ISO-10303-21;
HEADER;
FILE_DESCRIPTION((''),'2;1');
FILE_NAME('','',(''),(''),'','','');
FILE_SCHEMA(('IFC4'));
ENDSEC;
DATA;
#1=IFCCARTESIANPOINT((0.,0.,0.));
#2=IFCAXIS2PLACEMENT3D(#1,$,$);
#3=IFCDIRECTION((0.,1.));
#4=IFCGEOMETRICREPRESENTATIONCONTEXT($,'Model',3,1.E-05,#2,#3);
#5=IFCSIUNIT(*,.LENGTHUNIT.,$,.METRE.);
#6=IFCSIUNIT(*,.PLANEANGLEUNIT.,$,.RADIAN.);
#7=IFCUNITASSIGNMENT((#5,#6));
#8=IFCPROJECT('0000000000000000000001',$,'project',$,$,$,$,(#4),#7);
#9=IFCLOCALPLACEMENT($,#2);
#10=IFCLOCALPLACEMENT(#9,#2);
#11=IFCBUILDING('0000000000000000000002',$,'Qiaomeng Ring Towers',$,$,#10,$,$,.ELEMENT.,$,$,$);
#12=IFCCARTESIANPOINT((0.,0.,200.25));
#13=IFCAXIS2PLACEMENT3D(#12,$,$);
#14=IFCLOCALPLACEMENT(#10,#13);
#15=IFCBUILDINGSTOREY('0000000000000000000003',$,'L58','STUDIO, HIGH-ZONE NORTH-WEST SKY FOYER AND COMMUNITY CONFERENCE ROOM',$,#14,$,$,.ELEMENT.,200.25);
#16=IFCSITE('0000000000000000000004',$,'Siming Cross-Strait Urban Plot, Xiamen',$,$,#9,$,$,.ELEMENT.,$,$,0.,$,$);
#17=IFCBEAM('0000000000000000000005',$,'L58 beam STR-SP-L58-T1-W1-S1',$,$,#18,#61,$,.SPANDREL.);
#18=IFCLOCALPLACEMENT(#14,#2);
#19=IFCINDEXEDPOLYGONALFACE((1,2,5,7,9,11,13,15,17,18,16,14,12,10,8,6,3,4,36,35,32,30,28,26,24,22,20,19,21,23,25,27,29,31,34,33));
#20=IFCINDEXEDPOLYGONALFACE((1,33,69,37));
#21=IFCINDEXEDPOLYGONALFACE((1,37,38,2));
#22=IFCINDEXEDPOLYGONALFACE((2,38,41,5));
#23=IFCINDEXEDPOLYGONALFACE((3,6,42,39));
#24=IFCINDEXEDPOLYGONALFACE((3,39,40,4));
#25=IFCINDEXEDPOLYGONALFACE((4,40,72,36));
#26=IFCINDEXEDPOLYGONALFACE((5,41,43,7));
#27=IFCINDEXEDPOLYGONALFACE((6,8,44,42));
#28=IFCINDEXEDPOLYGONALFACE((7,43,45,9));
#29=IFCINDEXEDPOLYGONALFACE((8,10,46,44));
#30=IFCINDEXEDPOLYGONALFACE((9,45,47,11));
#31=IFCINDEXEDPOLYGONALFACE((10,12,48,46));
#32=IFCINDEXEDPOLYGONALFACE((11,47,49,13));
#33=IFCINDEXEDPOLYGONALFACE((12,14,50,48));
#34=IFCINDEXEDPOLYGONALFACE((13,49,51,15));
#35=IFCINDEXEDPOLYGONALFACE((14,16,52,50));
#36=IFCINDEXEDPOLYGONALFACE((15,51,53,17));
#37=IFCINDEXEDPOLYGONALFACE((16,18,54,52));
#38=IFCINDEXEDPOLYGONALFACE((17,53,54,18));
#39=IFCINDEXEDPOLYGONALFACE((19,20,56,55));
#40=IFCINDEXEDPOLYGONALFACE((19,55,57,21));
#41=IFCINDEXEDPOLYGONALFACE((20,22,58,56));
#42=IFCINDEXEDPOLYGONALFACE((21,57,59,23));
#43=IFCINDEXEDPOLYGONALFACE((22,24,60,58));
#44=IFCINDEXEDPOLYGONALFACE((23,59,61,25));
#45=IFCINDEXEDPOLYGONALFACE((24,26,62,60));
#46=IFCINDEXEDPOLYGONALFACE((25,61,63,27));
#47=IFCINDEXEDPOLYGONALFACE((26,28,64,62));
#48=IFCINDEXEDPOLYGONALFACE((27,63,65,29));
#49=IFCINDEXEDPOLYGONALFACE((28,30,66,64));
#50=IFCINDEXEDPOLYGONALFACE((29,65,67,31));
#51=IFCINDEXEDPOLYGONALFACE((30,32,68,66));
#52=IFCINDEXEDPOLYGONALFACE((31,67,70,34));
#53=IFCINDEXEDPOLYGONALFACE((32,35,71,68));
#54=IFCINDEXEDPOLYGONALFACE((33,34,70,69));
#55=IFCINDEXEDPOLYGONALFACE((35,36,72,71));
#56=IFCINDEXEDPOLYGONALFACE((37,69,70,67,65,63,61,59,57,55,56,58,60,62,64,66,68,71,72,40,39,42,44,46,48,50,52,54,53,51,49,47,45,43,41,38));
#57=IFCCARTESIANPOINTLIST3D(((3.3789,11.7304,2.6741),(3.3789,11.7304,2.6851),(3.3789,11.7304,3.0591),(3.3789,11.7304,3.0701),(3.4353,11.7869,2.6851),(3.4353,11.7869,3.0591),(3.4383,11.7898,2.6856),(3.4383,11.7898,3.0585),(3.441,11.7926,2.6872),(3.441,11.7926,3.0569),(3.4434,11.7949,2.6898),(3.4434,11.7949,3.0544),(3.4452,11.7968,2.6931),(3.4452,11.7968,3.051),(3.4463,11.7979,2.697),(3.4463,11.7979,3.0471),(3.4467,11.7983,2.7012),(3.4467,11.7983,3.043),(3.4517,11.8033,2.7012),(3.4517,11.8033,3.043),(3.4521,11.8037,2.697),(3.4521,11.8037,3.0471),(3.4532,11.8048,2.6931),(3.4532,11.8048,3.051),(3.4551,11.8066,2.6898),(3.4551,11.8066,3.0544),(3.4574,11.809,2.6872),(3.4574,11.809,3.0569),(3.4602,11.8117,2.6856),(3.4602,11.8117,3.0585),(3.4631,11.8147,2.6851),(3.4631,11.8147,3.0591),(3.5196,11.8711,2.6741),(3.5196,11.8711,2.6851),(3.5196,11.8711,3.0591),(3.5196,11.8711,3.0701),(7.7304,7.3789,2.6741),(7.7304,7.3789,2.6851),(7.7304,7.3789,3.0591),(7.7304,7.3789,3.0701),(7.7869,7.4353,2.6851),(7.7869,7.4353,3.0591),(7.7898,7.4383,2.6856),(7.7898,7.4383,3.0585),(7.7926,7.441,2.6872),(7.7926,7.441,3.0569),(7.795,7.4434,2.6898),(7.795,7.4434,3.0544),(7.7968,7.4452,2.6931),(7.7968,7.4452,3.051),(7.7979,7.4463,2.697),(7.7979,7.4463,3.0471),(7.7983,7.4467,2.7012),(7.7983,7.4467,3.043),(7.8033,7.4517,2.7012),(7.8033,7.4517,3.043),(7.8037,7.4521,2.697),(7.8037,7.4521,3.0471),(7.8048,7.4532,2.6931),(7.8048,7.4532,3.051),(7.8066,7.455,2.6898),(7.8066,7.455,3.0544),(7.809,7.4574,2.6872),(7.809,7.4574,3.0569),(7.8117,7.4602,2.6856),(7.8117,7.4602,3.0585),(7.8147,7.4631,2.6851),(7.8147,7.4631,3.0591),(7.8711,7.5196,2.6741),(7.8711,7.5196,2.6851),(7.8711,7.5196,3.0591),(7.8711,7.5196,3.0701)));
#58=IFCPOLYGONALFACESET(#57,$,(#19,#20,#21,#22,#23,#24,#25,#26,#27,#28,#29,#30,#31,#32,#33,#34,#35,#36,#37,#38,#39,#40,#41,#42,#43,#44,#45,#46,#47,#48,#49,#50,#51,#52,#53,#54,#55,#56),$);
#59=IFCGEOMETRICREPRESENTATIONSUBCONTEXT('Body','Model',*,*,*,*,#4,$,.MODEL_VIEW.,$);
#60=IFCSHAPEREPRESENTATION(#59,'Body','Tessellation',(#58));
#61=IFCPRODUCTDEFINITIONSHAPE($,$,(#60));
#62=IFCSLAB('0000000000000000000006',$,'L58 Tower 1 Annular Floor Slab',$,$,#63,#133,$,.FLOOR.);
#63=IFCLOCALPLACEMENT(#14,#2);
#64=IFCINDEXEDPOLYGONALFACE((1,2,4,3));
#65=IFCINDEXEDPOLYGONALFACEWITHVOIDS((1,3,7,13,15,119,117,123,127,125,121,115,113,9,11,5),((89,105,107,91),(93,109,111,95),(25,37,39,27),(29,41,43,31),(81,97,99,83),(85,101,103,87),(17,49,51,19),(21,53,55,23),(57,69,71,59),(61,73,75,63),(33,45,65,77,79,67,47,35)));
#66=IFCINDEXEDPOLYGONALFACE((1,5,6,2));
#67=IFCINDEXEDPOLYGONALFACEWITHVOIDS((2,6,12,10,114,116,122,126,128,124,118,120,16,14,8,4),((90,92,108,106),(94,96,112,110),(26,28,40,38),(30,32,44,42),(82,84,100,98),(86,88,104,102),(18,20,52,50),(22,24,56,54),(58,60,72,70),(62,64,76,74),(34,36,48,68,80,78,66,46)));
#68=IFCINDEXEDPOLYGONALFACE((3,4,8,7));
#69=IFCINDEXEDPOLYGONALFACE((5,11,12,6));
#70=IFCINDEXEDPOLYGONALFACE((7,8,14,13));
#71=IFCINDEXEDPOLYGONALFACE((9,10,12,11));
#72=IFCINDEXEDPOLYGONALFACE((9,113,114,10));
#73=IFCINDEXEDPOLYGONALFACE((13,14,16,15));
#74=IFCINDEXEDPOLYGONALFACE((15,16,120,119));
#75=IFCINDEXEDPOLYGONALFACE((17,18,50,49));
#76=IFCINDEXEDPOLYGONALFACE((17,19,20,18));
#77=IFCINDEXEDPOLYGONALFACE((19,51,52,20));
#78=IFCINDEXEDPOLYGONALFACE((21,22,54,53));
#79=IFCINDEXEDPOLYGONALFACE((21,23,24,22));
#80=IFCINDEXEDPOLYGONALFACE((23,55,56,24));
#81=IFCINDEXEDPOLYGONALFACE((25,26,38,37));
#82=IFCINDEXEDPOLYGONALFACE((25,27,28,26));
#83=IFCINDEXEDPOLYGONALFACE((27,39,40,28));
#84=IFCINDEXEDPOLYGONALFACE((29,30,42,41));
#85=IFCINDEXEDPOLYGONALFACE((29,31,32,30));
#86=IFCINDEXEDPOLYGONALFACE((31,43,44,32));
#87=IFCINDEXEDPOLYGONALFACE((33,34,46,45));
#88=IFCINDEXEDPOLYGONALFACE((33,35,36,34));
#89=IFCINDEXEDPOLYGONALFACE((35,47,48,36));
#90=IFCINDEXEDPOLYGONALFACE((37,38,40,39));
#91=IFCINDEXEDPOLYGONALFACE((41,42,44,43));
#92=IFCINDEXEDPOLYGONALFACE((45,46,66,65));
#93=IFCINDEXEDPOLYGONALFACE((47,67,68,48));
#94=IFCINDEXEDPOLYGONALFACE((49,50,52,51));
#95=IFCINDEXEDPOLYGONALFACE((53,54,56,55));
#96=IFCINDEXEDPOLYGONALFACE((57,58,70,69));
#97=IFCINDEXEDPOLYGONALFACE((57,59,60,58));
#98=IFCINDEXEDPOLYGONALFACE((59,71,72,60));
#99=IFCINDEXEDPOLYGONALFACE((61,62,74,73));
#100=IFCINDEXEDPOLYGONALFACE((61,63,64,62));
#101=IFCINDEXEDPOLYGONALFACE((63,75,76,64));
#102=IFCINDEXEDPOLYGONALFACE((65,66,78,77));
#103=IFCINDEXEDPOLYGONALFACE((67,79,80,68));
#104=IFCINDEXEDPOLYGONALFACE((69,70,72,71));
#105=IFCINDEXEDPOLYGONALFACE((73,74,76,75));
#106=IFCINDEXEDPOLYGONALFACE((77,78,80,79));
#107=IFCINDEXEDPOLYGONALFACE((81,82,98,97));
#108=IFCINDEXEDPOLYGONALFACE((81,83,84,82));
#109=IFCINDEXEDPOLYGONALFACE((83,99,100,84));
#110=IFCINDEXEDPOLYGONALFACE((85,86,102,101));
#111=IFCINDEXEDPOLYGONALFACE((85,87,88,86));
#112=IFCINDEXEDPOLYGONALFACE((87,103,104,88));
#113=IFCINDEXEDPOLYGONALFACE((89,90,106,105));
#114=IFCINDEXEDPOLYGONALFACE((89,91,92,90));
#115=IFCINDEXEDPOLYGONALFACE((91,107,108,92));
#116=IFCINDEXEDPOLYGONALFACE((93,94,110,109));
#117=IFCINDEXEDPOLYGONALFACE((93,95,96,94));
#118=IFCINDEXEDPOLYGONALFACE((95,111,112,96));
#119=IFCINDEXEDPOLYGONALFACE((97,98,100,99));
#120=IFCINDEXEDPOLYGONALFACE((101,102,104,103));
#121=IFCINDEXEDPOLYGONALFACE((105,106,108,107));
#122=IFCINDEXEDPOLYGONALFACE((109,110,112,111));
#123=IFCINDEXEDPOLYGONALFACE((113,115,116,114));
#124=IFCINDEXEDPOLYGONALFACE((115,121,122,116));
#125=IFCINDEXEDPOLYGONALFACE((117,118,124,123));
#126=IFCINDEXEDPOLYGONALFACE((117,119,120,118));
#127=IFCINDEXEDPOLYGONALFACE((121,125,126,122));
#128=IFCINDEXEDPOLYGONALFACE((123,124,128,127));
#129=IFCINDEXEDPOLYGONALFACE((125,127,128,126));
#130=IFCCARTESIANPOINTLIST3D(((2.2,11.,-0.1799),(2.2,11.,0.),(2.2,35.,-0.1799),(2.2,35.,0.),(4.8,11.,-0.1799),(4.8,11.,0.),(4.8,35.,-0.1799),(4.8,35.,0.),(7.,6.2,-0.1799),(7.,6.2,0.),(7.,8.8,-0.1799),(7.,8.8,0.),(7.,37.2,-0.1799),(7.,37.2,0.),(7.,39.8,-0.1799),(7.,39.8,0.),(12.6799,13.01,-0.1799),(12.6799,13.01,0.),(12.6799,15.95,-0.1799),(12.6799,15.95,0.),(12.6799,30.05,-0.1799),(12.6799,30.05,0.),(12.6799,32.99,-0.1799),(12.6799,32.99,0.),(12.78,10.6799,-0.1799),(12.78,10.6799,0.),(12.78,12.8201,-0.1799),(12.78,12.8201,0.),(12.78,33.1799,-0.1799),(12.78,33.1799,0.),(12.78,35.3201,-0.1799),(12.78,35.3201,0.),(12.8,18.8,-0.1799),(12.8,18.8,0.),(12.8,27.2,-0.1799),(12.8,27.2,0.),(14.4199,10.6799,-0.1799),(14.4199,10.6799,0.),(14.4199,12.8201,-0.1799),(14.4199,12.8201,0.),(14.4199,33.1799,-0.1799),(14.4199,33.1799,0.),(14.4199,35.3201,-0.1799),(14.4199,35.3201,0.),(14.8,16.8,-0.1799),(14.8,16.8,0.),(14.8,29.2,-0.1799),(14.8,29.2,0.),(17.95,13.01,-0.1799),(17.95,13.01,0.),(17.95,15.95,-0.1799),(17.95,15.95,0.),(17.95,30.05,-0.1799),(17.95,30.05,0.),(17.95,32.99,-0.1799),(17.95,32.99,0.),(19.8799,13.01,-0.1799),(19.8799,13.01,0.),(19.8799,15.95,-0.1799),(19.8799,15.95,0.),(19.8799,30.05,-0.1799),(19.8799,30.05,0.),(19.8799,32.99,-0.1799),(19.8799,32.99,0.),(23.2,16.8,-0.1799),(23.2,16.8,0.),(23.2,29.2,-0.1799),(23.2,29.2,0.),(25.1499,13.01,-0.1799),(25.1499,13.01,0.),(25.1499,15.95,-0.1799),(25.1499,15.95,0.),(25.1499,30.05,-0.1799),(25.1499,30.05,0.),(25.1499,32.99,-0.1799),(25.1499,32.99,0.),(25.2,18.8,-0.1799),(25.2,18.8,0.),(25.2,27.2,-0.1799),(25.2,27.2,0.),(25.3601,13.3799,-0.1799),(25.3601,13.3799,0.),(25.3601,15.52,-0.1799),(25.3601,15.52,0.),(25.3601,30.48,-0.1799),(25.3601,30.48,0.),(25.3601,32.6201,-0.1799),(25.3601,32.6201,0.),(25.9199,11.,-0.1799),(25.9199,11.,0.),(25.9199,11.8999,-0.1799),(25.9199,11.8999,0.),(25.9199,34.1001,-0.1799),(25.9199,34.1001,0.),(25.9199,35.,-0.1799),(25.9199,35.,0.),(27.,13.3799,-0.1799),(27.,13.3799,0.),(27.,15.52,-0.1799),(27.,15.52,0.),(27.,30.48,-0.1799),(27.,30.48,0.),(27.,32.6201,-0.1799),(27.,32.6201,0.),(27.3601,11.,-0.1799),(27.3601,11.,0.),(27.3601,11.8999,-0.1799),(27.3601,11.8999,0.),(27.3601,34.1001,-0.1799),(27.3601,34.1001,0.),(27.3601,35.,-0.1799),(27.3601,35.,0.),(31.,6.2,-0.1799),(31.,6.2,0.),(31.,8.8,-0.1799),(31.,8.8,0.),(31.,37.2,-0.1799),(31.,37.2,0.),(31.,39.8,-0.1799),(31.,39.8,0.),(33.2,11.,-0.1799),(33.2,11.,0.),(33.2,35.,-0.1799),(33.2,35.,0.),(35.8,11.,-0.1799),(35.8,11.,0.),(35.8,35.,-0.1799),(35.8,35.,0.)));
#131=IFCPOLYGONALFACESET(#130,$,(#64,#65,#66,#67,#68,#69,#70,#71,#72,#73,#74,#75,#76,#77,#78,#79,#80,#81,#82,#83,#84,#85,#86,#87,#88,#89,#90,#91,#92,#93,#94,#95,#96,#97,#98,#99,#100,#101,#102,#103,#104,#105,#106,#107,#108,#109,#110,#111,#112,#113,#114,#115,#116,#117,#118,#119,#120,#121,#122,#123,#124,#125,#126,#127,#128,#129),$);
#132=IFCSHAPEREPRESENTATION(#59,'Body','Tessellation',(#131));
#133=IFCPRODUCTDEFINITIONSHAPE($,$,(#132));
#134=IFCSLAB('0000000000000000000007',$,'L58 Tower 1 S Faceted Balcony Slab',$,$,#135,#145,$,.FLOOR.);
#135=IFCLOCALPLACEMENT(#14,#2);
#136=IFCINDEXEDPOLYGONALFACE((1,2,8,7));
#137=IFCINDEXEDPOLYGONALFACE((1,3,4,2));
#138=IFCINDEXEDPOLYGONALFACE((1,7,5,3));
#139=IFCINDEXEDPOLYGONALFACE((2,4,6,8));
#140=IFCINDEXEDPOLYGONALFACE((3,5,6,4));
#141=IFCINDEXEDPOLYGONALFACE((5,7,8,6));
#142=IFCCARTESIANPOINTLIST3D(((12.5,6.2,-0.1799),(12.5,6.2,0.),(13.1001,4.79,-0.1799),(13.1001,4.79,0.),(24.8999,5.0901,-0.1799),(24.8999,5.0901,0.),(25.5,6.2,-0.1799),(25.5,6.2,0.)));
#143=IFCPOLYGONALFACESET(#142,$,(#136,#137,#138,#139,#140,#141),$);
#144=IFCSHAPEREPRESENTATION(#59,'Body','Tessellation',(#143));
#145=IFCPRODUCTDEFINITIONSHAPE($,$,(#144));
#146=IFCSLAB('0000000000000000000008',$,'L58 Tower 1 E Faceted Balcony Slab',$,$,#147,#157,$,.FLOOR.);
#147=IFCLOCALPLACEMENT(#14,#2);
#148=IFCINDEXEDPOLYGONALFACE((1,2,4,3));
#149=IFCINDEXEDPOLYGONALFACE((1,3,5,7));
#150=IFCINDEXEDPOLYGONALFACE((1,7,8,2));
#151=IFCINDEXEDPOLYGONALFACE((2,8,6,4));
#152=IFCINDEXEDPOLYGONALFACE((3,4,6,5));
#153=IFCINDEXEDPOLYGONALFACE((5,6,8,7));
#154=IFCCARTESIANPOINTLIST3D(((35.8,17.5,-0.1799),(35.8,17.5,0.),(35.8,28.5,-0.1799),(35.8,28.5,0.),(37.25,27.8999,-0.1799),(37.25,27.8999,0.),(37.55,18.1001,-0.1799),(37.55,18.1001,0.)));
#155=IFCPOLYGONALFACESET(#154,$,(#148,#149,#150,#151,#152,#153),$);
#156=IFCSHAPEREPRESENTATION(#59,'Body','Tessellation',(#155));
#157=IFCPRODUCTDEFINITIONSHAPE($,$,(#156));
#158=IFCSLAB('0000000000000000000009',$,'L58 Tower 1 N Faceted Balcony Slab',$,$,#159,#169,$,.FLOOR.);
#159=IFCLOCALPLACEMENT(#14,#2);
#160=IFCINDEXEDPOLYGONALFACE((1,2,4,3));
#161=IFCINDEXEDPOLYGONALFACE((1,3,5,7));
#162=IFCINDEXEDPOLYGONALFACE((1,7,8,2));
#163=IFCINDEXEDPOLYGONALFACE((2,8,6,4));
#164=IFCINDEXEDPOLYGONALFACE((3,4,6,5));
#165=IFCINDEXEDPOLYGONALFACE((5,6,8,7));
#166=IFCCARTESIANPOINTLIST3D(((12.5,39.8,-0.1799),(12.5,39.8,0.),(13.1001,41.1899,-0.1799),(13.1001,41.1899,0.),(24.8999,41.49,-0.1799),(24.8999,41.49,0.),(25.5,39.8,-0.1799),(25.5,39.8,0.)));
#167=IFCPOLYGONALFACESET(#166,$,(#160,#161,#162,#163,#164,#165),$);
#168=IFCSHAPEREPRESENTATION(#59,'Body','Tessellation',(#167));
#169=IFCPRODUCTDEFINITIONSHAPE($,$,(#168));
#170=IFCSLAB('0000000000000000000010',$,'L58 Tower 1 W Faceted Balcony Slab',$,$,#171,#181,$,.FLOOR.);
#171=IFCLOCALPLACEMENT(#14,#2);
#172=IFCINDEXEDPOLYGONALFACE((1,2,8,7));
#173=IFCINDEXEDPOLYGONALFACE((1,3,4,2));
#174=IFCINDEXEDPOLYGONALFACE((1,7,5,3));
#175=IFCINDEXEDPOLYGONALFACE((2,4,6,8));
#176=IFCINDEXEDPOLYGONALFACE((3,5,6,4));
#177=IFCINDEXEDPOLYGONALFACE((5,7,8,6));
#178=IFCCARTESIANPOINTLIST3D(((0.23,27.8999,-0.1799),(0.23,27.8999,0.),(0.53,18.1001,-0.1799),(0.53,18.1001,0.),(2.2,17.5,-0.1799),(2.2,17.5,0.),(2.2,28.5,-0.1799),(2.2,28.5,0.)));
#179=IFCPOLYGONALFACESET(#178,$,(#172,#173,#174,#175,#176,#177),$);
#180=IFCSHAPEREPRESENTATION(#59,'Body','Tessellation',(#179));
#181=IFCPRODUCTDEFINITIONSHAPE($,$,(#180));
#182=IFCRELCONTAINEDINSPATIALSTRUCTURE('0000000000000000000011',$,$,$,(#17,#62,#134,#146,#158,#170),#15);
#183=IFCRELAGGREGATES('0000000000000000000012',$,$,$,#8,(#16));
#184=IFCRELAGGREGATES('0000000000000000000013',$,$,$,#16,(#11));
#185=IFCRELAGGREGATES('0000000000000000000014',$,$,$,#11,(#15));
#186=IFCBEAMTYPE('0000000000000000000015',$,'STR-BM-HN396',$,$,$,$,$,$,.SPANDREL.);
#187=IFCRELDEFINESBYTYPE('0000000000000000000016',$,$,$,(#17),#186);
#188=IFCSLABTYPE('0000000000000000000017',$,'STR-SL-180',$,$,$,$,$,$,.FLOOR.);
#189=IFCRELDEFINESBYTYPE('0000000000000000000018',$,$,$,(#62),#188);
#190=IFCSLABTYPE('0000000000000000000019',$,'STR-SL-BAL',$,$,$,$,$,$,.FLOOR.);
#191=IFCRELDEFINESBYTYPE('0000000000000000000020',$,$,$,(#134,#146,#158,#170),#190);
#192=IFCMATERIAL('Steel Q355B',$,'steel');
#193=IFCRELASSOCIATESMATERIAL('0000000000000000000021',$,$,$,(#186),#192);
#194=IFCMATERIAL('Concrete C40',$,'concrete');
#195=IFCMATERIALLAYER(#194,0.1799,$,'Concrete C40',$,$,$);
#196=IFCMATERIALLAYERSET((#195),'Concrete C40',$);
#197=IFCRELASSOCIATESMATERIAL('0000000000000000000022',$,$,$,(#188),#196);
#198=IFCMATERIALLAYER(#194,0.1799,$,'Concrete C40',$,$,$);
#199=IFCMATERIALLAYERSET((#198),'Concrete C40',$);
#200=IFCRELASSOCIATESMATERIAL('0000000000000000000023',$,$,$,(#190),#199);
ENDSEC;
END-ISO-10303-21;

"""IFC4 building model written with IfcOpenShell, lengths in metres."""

from ifc_helpers import new_model, si_unit, direction, frame, origin, origin_2d, place, context, subcontext, project, spatial, polyline, i_section, outline, extrude, source, transform, mapped, material, layer, layer_set, material_profile, profile_set, type_object, element, save


model = new_model("IFC4")

# Units and contexts
model_context = context("Model", 3, precision=1e-05, world=origin(), true_north=direction((0.0, 1.0)))
body_context = subcontext(model_context, "Body", "Model", "MODEL_VIEW")
ifc_project = project(units=[si_unit("LENGTHUNIT", "METRE"), si_unit("PLANEANGLEUNIT", "RADIAN")], contexts=[model_context])

# Site, building, storey
site_placement = place(None, origin())
site = spatial("IfcSite", under=ifc_project, at=site_placement, Name="Siming Cross-Strait Urban Plot, Xiamen", CompositionType="ELEMENT", RefElevation=0.0)
building_placement = place(site_placement, origin())
building = spatial("IfcBuilding", under=site, at=building_placement, Name="Qiaomeng Ring Towers", CompositionType="ELEMENT")
storey_placement = place(building_placement, frame((0.0, 0.0, 200.25)))
storey = spatial("IfcBuildingStorey", under=building, at=storey_placement, Name="L58", Description="STUDIO, HIGH-ZONE NORTH-WEST SKY FOYER AND COMMUNITY CONFERENCE ROOM", CompositionType="ELEMENT", Elevation=200.25)

# Beam
ifc_material_1 = material(Name="Steel Q355B", Category="steel")
ifc_material_profile = material_profile(ifc_material_1, i_section(OverallWidth=0.199, OverallDepth=0.396, WebThickness=0.0071, FlangeThickness=0.011, FilletRadius=0.0161, at=origin_2d()), Name="HN 396x199x7x11")
ifc_profile_set = profile_set([ifc_material_profile], Name="Steel Q355B")
beam_type = type_object("IfcBeamType", Name="STR-BM-HN396", PredefinedType="SPANDREL", material=ifc_profile_set)
shared_shape_1 = source(origin(), body_context, "Body", "SweptSolid", [
    extrude(i_section(OverallWidth=0.199, OverallDepth=0.396, WebThickness=0.0071, FlangeThickness=0.011, FilletRadius=0.0161, at=origin_2d()), origin(), (0.0, 0.0, 1.0), 6.1541),
])
beam_placement = place(storey_placement, frame((3.4492, 11.8008, 2.8721), z_axis=(0.707107, -0.707107, 0.0), x_axis=(0.707107, 0.707107, 0.0)))
element("IfcBeam", 1, at=beam_placement, inside=storey, type_object=beam_type, Name="L58 beam STR-SP-L58-T1-W1-S1", PredefinedType="SPANDREL", context=body_context, shape_type="MappedRepresentation", body=[
    mapped(shared_shape_1, transform((0.0, 0.0, 0.0), x_axis=(1.0, 0.0, 0.0), y_axis=(0.0, 1.0, 0.0), z_axis=(0.0, 0.0, 1.0), scale=1.0)),
])

# Slabs
ifc_material_2 = material(Name="Concrete C40", Category="concrete")
ifc_layer_1 = layer(ifc_material_2, 0.1799, Name="Concrete C40")
ifc_layer_set_1 = layer_set([ifc_layer_1], Name="Concrete C40")
slab_type_1 = type_object("IfcSlabType", Name="STR-SL-180", PredefinedType="FLOOR", material=ifc_layer_set_1)
slab_1_placement = place(storey_placement, frame((0.0, 0.0, -0.1799)))
element("IfcSlab", 2, at=slab_1_placement, inside=storey, type_object=slab_type_1, Name="L58 Tower 1 Annular Floor Slab", PredefinedType="FLOOR", context=body_context, shape_type="SweptSolid", body=[
    extrude(outline(polyline([(7.0, 6.2), (31.0, 6.2), (31.0, 8.8), (33.2, 11.0), (35.8, 11.0), (35.8, 35.0), (33.2, 35.0), (31.0, 37.2), (31.0, 39.8), (7.0, 39.8), (7.0, 37.2), (4.8, 35.0), (2.2, 35.0), (2.2, 11.0), (4.8, 11.0), (7.0, 8.8), (7.0, 6.2)]), holes=[polyline([(12.78, 10.6799), (12.78, 12.8201), (14.4199, 12.8201), (14.4199, 10.6799), (12.78, 10.6799)]), polyline([(12.6799, 13.01), (12.6799, 15.95), (17.95, 15.95), (17.95, 13.01), (12.6799, 13.01)]), polyline([(23.2, 29.2), (25.2, 27.2), (25.2, 18.8), (23.2, 16.8), (14.8, 16.8), (12.8, 18.8), (12.8, 27.2), (14.8, 29.2), (23.2, 29.2)]), polyline([(12.6799, 32.99), (17.95, 32.99), (17.95, 30.05), (12.6799, 30.05), (12.6799, 32.99)]), polyline([(19.8799, 32.99), (25.1499, 32.99), (25.1499, 30.05), (19.8799, 30.05), (19.8799, 32.99)]), polyline([(12.78, 33.1799), (12.78, 35.3201), (14.4199, 35.3201), (14.4199, 33.1799), (12.78, 33.1799)]), polyline([(25.9199, 11.8999), (27.3601, 11.8999), (27.3601, 11.0), (25.9199, 11.0), (25.9199, 11.8999)]), polyline([(25.3601, 15.52), (27.0, 15.52), (27.0, 13.3799), (25.3601, 13.3799), (25.3601, 15.52)]), polyline([(19.8799, 13.01), (19.8799, 15.95), (25.1499, 15.95), (25.1499, 13.01), (19.8799, 13.01)]), polyline([(25.3601, 32.6201), (27.0, 32.6201), (27.0, 30.48), (25.3601, 30.48), (25.3601, 32.6201)]), polyline([(25.9199, 35.0), (27.3601, 35.0), (27.3601, 34.1001), (25.9199, 34.1001), (25.9199, 35.0)])]), origin(), (0.0, 0.0, 1.0), 0.1799),
])
ifc_layer_2 = layer(ifc_material_2, 0.1799, Name="Concrete C40")
ifc_layer_set_2 = layer_set([ifc_layer_2], Name="Concrete C40")
slab_type_2 = type_object("IfcSlabType", Name="STR-SL-BAL", PredefinedType="FLOOR", material=ifc_layer_set_2)
slab_2_placement = place(storey_placement, frame((0.0, 0.0, -0.1799)))
element("IfcSlab", 3, at=slab_2_placement, inside=storey, type_object=slab_type_2, Name="L58 Tower 1 S Faceted Balcony Slab", PredefinedType="FLOOR", context=body_context, shape_type="SweptSolid", body=[
    extrude(outline(polyline([(25.5, 6.2), (24.8999, 5.0901), (13.1001, 4.79), (12.5, 6.2), (25.5, 6.2)])), origin(), (0.0, 0.0, 1.0), 0.1799),
])
slab_3_placement = place(storey_placement, frame((0.0, 0.0, -0.1799)))
element("IfcSlab", 4, at=slab_3_placement, inside=storey, type_object=slab_type_2, Name="L58 Tower 1 E Faceted Balcony Slab", PredefinedType="FLOOR", context=body_context, shape_type="SweptSolid", body=[
    extrude(outline(polyline([(37.25, 27.8999), (37.55, 18.1001), (35.8, 17.5), (35.8, 28.5), (37.25, 27.8999)])), origin(), (0.0, 0.0, 1.0), 0.1799),
])
slab_4_placement = place(storey_placement, frame((0.0, 0.0, -0.1799)))
element("IfcSlab", 5, at=slab_4_placement, inside=storey, type_object=slab_type_2, Name="L58 Tower 1 N Faceted Balcony Slab", PredefinedType="FLOOR", context=body_context, shape_type="SweptSolid", body=[
    extrude(outline(polyline([(12.5, 39.8), (13.1001, 41.1899), (24.8999, 41.49), (25.5, 39.8), (12.5, 39.8)])), origin(), (0.0, 0.0, 1.0), 0.1799),
])
slab_5_placement = place(storey_placement, frame((0.0, 0.0, -0.1799)))
element("IfcSlab", 6, at=slab_5_placement, inside=storey, type_object=slab_type_2, Name="L58 Tower 1 W Faceted Balcony Slab", PredefinedType="FLOOR", context=body_context, shape_type="SweptSolid", body=[
    extrude(outline(polyline([(0.53, 18.1001), (0.23, 27.8999), (2.2, 28.5), (2.2, 17.5), (0.53, 18.1001)])), origin(), (0.0, 0.0, 1.0), 0.1799),
])

save(model, "model.ifc")
